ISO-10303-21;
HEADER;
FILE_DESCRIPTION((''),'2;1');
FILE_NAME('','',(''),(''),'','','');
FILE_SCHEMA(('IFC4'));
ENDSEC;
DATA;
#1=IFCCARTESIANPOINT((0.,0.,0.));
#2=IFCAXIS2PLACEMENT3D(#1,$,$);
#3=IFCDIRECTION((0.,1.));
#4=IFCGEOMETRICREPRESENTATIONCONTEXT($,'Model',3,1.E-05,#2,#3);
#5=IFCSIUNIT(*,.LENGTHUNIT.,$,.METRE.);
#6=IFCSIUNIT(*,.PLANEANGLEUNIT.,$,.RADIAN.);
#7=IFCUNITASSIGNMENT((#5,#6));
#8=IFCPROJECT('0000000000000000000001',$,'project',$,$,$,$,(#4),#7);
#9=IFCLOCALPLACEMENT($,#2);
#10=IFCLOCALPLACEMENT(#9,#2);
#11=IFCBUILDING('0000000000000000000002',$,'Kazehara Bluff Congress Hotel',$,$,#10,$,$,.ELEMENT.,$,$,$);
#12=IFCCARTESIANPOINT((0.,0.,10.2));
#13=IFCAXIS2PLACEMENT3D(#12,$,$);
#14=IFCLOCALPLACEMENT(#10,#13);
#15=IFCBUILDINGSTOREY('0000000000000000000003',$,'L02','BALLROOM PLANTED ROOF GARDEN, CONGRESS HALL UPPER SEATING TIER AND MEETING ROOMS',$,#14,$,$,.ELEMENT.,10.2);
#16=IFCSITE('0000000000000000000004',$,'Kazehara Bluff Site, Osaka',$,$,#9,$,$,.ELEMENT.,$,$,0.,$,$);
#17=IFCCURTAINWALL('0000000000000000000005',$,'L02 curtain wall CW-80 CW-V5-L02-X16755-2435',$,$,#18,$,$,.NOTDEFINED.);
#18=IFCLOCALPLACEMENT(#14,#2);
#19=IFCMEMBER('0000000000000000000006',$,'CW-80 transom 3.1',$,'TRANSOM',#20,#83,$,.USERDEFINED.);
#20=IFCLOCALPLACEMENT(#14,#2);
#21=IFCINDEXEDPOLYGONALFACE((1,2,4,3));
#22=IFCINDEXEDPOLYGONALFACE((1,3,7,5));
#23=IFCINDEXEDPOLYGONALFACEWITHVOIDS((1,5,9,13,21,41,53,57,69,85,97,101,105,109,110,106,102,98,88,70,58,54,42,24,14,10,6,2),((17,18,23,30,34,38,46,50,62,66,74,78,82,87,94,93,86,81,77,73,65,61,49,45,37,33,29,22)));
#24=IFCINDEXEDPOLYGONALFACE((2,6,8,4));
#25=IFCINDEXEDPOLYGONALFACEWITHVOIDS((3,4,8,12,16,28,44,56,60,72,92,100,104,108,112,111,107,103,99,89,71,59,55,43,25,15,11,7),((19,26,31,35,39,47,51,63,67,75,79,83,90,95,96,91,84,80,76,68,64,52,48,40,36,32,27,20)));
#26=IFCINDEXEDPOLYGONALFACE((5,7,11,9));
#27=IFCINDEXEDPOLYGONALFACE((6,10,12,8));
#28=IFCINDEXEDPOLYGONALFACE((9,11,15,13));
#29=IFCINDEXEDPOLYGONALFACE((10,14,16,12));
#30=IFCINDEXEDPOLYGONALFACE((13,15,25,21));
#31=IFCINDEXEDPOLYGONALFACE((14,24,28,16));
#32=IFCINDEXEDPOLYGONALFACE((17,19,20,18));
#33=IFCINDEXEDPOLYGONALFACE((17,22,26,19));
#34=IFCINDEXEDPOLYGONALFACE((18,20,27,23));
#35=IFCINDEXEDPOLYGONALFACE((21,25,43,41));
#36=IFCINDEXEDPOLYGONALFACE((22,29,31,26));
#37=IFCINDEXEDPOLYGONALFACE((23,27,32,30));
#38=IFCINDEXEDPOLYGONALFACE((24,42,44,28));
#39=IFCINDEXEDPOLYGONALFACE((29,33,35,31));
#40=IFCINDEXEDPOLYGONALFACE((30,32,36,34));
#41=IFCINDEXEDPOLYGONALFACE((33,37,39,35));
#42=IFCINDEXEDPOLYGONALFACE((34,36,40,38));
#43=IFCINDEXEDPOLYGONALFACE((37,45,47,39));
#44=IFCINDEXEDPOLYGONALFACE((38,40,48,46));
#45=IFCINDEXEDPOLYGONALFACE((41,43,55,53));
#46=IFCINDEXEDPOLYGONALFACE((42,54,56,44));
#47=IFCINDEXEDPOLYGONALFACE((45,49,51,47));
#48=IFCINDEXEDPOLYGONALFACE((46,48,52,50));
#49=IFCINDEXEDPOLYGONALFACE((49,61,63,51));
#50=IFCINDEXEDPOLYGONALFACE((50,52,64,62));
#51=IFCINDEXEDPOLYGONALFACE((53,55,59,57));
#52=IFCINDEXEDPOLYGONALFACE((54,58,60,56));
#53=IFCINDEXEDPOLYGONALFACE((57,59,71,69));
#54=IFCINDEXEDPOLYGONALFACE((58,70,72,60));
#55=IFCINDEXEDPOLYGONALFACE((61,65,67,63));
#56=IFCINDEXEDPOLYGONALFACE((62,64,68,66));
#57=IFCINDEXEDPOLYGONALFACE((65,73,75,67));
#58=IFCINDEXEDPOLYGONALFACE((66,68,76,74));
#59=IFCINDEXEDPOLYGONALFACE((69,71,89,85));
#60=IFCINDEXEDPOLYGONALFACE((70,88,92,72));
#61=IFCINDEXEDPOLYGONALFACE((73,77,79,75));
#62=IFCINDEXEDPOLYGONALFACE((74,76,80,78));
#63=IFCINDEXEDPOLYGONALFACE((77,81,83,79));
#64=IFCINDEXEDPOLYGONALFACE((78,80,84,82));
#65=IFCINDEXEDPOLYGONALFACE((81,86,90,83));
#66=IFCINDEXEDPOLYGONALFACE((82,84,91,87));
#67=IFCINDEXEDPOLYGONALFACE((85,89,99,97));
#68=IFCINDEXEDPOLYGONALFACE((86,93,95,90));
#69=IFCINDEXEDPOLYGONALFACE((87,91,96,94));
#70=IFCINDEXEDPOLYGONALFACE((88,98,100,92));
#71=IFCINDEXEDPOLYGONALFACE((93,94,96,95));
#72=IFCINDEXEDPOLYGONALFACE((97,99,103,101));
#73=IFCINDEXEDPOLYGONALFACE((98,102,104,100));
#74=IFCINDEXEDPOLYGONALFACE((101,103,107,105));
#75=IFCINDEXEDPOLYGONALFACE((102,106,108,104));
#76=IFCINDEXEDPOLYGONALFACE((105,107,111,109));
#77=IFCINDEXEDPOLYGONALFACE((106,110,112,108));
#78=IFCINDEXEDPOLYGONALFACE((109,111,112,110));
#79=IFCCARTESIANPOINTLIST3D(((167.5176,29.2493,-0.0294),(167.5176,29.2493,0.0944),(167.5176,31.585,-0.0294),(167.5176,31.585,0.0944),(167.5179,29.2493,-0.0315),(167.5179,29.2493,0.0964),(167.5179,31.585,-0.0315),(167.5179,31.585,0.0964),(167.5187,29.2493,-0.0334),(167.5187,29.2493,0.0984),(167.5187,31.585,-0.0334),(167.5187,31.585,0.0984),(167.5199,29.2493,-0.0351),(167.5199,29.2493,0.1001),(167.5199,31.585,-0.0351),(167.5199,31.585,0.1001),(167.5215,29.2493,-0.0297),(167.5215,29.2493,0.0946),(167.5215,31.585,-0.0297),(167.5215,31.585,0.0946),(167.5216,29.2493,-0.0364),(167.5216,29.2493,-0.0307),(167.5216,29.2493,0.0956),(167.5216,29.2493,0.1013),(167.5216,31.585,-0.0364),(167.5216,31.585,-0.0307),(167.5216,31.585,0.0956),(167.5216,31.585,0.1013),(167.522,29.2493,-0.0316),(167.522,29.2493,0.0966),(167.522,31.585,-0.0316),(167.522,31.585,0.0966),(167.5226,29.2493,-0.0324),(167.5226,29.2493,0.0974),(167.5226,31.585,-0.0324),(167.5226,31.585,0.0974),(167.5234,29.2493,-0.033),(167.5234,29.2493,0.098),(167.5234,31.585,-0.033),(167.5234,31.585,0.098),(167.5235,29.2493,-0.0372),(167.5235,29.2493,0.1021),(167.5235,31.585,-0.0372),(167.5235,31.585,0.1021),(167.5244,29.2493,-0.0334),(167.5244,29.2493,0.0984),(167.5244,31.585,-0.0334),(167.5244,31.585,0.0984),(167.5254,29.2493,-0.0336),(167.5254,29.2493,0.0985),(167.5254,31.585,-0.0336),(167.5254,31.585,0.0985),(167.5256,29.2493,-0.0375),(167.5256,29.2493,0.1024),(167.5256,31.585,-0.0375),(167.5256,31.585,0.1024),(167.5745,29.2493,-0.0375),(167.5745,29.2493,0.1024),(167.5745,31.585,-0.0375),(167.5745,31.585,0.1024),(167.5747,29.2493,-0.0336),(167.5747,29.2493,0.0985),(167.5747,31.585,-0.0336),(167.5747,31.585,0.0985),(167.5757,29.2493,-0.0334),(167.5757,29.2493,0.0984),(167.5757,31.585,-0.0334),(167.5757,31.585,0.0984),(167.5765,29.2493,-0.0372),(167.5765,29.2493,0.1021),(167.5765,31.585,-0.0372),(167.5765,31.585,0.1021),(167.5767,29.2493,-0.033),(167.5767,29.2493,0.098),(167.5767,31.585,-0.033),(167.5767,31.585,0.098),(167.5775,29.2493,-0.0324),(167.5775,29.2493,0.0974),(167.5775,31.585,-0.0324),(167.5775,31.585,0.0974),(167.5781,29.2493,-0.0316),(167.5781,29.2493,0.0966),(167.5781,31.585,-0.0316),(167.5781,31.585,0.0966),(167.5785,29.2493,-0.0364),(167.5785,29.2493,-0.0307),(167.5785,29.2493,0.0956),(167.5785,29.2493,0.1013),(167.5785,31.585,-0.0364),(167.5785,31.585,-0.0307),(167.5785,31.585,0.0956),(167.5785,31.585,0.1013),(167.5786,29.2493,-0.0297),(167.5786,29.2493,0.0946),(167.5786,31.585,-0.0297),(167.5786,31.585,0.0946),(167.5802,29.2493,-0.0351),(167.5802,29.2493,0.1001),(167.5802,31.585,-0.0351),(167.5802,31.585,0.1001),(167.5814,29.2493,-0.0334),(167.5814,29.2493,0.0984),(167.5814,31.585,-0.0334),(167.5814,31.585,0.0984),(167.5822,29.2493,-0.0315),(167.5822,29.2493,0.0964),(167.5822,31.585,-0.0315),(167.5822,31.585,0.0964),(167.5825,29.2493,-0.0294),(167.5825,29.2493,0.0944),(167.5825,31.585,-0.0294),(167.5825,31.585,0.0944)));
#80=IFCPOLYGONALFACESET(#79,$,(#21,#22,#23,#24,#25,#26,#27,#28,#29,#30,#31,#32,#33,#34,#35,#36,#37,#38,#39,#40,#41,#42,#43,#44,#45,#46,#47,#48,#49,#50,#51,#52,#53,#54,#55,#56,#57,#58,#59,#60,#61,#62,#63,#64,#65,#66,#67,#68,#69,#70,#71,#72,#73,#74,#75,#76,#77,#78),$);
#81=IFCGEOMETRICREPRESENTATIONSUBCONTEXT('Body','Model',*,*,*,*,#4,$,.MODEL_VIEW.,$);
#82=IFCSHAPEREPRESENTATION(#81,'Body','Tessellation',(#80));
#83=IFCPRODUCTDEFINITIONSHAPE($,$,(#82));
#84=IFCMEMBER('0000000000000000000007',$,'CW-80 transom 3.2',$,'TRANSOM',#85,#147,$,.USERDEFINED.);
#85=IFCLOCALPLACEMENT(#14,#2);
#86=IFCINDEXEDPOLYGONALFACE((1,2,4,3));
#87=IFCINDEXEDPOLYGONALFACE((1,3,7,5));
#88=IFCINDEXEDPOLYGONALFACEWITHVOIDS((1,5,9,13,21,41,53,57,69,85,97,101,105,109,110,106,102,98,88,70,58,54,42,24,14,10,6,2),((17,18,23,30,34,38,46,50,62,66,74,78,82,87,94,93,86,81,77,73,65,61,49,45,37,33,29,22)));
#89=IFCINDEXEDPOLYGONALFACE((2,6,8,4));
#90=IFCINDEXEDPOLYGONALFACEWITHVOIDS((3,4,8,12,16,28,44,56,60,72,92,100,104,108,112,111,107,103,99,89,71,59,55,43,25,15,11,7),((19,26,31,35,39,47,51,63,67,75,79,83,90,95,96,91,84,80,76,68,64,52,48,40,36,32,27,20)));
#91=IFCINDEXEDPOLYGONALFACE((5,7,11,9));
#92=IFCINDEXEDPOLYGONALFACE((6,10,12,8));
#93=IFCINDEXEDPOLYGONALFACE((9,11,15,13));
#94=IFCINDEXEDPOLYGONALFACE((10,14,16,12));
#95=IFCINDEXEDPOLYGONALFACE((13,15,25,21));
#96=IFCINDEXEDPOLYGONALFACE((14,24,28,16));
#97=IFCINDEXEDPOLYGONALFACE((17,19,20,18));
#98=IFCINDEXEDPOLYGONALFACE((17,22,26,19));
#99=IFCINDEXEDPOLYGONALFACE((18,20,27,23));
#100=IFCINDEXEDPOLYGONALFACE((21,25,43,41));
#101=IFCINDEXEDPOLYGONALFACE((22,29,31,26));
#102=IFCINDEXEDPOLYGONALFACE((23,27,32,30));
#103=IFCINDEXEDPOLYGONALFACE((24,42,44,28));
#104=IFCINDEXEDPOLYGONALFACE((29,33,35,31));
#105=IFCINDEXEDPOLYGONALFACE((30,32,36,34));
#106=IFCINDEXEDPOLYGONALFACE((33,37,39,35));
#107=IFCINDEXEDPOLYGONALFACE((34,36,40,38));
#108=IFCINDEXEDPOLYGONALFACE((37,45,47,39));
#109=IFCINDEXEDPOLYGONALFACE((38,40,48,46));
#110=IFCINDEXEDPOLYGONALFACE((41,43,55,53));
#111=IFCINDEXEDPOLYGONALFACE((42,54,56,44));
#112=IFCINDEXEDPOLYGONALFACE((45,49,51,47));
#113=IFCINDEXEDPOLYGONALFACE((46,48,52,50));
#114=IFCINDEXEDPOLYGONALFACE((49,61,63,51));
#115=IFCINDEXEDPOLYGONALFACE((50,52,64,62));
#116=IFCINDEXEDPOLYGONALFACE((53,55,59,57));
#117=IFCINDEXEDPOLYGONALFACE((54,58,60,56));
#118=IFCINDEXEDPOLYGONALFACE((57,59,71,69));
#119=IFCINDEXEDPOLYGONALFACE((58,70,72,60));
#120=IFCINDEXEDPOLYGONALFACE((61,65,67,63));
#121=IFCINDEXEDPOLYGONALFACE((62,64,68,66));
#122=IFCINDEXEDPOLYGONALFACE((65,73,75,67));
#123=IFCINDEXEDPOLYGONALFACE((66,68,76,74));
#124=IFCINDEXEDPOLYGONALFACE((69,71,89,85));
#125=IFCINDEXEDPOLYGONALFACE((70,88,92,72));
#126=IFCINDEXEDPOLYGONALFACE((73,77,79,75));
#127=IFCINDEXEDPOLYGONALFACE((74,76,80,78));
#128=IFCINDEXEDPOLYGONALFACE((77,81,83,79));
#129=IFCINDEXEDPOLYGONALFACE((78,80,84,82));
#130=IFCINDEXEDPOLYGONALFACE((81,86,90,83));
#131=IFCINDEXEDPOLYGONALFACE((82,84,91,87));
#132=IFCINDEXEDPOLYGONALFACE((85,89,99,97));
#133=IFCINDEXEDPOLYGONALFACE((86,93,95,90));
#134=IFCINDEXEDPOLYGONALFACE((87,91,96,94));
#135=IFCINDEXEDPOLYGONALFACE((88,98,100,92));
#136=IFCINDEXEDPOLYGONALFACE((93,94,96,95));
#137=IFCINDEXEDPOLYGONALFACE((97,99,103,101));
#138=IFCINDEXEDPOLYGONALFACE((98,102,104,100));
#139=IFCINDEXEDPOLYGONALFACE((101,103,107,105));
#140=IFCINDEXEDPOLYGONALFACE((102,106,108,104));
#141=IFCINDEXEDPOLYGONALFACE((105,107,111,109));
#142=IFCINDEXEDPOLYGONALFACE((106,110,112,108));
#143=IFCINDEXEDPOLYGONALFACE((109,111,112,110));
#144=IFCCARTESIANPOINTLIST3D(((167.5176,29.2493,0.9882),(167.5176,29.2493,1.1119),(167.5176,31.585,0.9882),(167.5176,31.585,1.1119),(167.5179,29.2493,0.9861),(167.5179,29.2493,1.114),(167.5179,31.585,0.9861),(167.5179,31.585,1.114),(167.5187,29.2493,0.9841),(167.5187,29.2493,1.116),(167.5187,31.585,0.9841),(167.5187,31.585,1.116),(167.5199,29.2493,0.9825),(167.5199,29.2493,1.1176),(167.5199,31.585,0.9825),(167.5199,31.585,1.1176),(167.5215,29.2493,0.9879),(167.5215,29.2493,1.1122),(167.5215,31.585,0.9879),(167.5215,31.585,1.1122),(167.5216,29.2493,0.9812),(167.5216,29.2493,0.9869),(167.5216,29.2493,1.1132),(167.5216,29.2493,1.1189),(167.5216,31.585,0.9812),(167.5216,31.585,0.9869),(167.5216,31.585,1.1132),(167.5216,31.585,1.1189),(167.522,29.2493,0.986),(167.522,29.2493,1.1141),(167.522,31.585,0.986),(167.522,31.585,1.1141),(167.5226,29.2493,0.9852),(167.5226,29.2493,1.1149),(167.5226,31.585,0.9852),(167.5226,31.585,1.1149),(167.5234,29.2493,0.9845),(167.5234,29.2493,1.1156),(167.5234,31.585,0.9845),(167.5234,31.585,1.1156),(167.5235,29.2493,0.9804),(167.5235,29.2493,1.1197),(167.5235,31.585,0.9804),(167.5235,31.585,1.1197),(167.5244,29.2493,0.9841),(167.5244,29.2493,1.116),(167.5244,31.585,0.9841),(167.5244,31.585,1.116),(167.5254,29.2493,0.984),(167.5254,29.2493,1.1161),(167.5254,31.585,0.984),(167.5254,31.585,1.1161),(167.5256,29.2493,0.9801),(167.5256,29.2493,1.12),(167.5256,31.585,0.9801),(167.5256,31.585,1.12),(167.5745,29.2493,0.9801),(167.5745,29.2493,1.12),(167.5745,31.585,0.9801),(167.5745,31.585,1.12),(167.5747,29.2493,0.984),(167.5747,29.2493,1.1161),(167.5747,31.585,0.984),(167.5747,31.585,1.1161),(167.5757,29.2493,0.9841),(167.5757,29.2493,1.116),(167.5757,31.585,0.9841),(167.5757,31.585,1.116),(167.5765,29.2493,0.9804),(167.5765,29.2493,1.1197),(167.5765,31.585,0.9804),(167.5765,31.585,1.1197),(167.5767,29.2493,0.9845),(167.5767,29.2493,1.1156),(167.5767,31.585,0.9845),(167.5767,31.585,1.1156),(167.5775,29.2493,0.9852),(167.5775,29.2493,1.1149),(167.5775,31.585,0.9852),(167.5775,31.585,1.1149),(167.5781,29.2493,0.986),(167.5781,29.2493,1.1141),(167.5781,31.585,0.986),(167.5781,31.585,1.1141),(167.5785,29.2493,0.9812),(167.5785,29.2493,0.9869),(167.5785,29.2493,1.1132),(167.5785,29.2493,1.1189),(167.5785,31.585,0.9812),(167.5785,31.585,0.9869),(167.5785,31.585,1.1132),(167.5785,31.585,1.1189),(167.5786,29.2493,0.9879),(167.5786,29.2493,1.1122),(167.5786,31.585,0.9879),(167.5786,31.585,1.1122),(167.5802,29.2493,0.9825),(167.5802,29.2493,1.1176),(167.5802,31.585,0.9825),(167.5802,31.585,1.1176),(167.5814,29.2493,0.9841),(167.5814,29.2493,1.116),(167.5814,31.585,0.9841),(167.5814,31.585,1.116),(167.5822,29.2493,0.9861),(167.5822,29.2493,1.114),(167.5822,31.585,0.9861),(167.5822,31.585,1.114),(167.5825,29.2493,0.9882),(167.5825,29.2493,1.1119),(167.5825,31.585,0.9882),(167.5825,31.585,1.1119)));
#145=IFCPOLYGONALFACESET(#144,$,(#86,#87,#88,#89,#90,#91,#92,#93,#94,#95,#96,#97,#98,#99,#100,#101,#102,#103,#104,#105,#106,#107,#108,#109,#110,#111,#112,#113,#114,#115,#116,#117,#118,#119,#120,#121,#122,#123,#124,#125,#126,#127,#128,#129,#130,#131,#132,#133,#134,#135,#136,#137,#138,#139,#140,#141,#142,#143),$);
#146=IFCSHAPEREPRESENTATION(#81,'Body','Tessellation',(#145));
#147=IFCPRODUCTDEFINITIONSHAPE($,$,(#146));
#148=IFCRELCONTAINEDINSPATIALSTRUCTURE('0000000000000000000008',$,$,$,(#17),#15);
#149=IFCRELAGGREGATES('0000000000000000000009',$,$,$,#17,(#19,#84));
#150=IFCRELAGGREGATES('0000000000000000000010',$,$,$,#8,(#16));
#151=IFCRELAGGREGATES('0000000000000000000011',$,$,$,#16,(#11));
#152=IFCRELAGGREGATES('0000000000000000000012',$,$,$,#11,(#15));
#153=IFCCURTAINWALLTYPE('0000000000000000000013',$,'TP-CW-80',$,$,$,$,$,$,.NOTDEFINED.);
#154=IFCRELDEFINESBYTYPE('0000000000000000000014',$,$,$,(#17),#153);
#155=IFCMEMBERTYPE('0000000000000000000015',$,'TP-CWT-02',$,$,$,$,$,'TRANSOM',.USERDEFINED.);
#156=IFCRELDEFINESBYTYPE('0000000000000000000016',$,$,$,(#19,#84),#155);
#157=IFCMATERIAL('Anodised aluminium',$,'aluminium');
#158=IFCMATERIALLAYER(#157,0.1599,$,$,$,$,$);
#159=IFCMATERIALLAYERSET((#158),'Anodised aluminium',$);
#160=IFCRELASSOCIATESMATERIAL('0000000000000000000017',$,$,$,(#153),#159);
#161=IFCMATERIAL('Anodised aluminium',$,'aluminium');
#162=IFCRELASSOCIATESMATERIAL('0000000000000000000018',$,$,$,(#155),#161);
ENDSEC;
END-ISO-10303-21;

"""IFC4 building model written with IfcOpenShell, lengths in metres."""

from ifc_helpers import new_model, si_unit, direction, frame, origin, origin_2d, place, context, subcontext, project, spatial, hollow_rectangle, extrude, material, layer, layer_set, material_profile, profile_set, type_object, element, aggregate, save


model = new_model("IFC4")

# Units and contexts
model_context = context("Model", 3, precision=1e-05, world=origin(), true_north=direction((0.0, 1.0)))
body_context = subcontext(model_context, "Body", "Model", "MODEL_VIEW")
ifc_project = project(units=[si_unit("LENGTHUNIT", "METRE"), si_unit("PLANEANGLEUNIT", "RADIAN")], contexts=[model_context])

# Site, building, storey
site_placement = place(None, origin())
site = spatial("IfcSite", under=ifc_project, at=site_placement, Name="Kazehara Bluff Site, Osaka", CompositionType="ELEMENT", RefElevation=0.0)
building_placement = place(site_placement, origin())
building = spatial("IfcBuilding", under=site, at=building_placement, Name="Kazehara Bluff Congress Hotel", CompositionType="ELEMENT")
storey_placement = place(building_placement, frame((0.0, 0.0, 10.2)))
storey = spatial("IfcBuildingStorey", under=building, at=storey_placement, Name="L02", Description="BALLROOM PLANTED ROOF GARDEN, CONGRESS HALL UPPER SEATING TIER AND MEETING ROOMS", CompositionType="ELEMENT", Elevation=10.2)

# Curtain wall, members
ifc_material_1 = material(Name="Anodised aluminium", Category="aluminium")
ifc_layer_1 = layer(ifc_material_1, 0.1599)
ifc_layer_set_1 = layer_set([ifc_layer_1], Name="Anodised aluminium")
curtain_wall_type = type_object("IfcCurtainWallType", Name="TP-CW-80", PredefinedType="NOTDEFINED", material=ifc_layer_set_1)
curtain_wall_placement = place(storey_placement, origin())
curtain_wall = element("IfcCurtainWall", 1, at=curtain_wall_placement, inside=storey, type_object=curtain_wall_type, Name="L02 curtain wall CW-80 CW-V5-L02-X16755-2435", PredefinedType="NOTDEFINED")
ifc_material_2 = material(Name="Anodised aluminium", Category="aluminium")
ifc_material_profile_1 = material_profile(ifc_material_2, hollow_rectangle(XDim=0.0649, YDim=0.1399, WallThickness=0.0039, InnerFilletRadius=0.0039, OuterFilletRadius=0.0081, at=origin_2d()))
ifc_profile_set_1 = profile_set([ifc_material_profile_1], Name="Anodised aluminium")
member_type_1 = type_object("IfcMemberType", Name="TP-CWT-02", ElementType="TRANSOM", PredefinedType="USERDEFINED", material=ifc_profile_set_1)
member_1_placement = place(storey_placement, frame((167.55, 29.2493, 0.0325), z_axis=(0.0, 1.0, 0.0), x_axis=(-1.0, 0.0, 0.0)))
member_1 = element("IfcMember", 2, at=member_1_placement, type_object=member_type_1, Name="CW-80 transom 3.1", ObjectType="TRANSOM", PredefinedType="USERDEFINED", context=body_context, shape_type="SweptSolid", body=[
    extrude(hollow_rectangle(XDim=0.0649, YDim=0.1399, WallThickness=0.0039, InnerFilletRadius=0.0039, OuterFilletRadius=0.0081, at=origin_2d()), origin(), (0.0, 0.0, 1.0), 2.3357),
])
member_2_placement = place(storey_placement, frame((167.55, 29.2493, 1.05), z_axis=(0.0, 1.0, 0.0), x_axis=(-1.0, 0.0, 0.0)))
member_2 = element("IfcMember", 3, at=member_2_placement, type_object=member_type_1, Name="CW-80 transom 3.2", ObjectType="TRANSOM", PredefinedType="USERDEFINED", context=body_context, shape_type="SweptSolid", body=[
    extrude(hollow_rectangle(XDim=0.0649, YDim=0.1399, WallThickness=0.0039, InnerFilletRadius=0.0039, OuterFilletRadius=0.0081, at=origin_2d()), origin(), (0.0, 0.0, 1.0), 2.3357),
])

aggregate(curtain_wall, [member_1, member_2])

save(model, "model.ifc")
